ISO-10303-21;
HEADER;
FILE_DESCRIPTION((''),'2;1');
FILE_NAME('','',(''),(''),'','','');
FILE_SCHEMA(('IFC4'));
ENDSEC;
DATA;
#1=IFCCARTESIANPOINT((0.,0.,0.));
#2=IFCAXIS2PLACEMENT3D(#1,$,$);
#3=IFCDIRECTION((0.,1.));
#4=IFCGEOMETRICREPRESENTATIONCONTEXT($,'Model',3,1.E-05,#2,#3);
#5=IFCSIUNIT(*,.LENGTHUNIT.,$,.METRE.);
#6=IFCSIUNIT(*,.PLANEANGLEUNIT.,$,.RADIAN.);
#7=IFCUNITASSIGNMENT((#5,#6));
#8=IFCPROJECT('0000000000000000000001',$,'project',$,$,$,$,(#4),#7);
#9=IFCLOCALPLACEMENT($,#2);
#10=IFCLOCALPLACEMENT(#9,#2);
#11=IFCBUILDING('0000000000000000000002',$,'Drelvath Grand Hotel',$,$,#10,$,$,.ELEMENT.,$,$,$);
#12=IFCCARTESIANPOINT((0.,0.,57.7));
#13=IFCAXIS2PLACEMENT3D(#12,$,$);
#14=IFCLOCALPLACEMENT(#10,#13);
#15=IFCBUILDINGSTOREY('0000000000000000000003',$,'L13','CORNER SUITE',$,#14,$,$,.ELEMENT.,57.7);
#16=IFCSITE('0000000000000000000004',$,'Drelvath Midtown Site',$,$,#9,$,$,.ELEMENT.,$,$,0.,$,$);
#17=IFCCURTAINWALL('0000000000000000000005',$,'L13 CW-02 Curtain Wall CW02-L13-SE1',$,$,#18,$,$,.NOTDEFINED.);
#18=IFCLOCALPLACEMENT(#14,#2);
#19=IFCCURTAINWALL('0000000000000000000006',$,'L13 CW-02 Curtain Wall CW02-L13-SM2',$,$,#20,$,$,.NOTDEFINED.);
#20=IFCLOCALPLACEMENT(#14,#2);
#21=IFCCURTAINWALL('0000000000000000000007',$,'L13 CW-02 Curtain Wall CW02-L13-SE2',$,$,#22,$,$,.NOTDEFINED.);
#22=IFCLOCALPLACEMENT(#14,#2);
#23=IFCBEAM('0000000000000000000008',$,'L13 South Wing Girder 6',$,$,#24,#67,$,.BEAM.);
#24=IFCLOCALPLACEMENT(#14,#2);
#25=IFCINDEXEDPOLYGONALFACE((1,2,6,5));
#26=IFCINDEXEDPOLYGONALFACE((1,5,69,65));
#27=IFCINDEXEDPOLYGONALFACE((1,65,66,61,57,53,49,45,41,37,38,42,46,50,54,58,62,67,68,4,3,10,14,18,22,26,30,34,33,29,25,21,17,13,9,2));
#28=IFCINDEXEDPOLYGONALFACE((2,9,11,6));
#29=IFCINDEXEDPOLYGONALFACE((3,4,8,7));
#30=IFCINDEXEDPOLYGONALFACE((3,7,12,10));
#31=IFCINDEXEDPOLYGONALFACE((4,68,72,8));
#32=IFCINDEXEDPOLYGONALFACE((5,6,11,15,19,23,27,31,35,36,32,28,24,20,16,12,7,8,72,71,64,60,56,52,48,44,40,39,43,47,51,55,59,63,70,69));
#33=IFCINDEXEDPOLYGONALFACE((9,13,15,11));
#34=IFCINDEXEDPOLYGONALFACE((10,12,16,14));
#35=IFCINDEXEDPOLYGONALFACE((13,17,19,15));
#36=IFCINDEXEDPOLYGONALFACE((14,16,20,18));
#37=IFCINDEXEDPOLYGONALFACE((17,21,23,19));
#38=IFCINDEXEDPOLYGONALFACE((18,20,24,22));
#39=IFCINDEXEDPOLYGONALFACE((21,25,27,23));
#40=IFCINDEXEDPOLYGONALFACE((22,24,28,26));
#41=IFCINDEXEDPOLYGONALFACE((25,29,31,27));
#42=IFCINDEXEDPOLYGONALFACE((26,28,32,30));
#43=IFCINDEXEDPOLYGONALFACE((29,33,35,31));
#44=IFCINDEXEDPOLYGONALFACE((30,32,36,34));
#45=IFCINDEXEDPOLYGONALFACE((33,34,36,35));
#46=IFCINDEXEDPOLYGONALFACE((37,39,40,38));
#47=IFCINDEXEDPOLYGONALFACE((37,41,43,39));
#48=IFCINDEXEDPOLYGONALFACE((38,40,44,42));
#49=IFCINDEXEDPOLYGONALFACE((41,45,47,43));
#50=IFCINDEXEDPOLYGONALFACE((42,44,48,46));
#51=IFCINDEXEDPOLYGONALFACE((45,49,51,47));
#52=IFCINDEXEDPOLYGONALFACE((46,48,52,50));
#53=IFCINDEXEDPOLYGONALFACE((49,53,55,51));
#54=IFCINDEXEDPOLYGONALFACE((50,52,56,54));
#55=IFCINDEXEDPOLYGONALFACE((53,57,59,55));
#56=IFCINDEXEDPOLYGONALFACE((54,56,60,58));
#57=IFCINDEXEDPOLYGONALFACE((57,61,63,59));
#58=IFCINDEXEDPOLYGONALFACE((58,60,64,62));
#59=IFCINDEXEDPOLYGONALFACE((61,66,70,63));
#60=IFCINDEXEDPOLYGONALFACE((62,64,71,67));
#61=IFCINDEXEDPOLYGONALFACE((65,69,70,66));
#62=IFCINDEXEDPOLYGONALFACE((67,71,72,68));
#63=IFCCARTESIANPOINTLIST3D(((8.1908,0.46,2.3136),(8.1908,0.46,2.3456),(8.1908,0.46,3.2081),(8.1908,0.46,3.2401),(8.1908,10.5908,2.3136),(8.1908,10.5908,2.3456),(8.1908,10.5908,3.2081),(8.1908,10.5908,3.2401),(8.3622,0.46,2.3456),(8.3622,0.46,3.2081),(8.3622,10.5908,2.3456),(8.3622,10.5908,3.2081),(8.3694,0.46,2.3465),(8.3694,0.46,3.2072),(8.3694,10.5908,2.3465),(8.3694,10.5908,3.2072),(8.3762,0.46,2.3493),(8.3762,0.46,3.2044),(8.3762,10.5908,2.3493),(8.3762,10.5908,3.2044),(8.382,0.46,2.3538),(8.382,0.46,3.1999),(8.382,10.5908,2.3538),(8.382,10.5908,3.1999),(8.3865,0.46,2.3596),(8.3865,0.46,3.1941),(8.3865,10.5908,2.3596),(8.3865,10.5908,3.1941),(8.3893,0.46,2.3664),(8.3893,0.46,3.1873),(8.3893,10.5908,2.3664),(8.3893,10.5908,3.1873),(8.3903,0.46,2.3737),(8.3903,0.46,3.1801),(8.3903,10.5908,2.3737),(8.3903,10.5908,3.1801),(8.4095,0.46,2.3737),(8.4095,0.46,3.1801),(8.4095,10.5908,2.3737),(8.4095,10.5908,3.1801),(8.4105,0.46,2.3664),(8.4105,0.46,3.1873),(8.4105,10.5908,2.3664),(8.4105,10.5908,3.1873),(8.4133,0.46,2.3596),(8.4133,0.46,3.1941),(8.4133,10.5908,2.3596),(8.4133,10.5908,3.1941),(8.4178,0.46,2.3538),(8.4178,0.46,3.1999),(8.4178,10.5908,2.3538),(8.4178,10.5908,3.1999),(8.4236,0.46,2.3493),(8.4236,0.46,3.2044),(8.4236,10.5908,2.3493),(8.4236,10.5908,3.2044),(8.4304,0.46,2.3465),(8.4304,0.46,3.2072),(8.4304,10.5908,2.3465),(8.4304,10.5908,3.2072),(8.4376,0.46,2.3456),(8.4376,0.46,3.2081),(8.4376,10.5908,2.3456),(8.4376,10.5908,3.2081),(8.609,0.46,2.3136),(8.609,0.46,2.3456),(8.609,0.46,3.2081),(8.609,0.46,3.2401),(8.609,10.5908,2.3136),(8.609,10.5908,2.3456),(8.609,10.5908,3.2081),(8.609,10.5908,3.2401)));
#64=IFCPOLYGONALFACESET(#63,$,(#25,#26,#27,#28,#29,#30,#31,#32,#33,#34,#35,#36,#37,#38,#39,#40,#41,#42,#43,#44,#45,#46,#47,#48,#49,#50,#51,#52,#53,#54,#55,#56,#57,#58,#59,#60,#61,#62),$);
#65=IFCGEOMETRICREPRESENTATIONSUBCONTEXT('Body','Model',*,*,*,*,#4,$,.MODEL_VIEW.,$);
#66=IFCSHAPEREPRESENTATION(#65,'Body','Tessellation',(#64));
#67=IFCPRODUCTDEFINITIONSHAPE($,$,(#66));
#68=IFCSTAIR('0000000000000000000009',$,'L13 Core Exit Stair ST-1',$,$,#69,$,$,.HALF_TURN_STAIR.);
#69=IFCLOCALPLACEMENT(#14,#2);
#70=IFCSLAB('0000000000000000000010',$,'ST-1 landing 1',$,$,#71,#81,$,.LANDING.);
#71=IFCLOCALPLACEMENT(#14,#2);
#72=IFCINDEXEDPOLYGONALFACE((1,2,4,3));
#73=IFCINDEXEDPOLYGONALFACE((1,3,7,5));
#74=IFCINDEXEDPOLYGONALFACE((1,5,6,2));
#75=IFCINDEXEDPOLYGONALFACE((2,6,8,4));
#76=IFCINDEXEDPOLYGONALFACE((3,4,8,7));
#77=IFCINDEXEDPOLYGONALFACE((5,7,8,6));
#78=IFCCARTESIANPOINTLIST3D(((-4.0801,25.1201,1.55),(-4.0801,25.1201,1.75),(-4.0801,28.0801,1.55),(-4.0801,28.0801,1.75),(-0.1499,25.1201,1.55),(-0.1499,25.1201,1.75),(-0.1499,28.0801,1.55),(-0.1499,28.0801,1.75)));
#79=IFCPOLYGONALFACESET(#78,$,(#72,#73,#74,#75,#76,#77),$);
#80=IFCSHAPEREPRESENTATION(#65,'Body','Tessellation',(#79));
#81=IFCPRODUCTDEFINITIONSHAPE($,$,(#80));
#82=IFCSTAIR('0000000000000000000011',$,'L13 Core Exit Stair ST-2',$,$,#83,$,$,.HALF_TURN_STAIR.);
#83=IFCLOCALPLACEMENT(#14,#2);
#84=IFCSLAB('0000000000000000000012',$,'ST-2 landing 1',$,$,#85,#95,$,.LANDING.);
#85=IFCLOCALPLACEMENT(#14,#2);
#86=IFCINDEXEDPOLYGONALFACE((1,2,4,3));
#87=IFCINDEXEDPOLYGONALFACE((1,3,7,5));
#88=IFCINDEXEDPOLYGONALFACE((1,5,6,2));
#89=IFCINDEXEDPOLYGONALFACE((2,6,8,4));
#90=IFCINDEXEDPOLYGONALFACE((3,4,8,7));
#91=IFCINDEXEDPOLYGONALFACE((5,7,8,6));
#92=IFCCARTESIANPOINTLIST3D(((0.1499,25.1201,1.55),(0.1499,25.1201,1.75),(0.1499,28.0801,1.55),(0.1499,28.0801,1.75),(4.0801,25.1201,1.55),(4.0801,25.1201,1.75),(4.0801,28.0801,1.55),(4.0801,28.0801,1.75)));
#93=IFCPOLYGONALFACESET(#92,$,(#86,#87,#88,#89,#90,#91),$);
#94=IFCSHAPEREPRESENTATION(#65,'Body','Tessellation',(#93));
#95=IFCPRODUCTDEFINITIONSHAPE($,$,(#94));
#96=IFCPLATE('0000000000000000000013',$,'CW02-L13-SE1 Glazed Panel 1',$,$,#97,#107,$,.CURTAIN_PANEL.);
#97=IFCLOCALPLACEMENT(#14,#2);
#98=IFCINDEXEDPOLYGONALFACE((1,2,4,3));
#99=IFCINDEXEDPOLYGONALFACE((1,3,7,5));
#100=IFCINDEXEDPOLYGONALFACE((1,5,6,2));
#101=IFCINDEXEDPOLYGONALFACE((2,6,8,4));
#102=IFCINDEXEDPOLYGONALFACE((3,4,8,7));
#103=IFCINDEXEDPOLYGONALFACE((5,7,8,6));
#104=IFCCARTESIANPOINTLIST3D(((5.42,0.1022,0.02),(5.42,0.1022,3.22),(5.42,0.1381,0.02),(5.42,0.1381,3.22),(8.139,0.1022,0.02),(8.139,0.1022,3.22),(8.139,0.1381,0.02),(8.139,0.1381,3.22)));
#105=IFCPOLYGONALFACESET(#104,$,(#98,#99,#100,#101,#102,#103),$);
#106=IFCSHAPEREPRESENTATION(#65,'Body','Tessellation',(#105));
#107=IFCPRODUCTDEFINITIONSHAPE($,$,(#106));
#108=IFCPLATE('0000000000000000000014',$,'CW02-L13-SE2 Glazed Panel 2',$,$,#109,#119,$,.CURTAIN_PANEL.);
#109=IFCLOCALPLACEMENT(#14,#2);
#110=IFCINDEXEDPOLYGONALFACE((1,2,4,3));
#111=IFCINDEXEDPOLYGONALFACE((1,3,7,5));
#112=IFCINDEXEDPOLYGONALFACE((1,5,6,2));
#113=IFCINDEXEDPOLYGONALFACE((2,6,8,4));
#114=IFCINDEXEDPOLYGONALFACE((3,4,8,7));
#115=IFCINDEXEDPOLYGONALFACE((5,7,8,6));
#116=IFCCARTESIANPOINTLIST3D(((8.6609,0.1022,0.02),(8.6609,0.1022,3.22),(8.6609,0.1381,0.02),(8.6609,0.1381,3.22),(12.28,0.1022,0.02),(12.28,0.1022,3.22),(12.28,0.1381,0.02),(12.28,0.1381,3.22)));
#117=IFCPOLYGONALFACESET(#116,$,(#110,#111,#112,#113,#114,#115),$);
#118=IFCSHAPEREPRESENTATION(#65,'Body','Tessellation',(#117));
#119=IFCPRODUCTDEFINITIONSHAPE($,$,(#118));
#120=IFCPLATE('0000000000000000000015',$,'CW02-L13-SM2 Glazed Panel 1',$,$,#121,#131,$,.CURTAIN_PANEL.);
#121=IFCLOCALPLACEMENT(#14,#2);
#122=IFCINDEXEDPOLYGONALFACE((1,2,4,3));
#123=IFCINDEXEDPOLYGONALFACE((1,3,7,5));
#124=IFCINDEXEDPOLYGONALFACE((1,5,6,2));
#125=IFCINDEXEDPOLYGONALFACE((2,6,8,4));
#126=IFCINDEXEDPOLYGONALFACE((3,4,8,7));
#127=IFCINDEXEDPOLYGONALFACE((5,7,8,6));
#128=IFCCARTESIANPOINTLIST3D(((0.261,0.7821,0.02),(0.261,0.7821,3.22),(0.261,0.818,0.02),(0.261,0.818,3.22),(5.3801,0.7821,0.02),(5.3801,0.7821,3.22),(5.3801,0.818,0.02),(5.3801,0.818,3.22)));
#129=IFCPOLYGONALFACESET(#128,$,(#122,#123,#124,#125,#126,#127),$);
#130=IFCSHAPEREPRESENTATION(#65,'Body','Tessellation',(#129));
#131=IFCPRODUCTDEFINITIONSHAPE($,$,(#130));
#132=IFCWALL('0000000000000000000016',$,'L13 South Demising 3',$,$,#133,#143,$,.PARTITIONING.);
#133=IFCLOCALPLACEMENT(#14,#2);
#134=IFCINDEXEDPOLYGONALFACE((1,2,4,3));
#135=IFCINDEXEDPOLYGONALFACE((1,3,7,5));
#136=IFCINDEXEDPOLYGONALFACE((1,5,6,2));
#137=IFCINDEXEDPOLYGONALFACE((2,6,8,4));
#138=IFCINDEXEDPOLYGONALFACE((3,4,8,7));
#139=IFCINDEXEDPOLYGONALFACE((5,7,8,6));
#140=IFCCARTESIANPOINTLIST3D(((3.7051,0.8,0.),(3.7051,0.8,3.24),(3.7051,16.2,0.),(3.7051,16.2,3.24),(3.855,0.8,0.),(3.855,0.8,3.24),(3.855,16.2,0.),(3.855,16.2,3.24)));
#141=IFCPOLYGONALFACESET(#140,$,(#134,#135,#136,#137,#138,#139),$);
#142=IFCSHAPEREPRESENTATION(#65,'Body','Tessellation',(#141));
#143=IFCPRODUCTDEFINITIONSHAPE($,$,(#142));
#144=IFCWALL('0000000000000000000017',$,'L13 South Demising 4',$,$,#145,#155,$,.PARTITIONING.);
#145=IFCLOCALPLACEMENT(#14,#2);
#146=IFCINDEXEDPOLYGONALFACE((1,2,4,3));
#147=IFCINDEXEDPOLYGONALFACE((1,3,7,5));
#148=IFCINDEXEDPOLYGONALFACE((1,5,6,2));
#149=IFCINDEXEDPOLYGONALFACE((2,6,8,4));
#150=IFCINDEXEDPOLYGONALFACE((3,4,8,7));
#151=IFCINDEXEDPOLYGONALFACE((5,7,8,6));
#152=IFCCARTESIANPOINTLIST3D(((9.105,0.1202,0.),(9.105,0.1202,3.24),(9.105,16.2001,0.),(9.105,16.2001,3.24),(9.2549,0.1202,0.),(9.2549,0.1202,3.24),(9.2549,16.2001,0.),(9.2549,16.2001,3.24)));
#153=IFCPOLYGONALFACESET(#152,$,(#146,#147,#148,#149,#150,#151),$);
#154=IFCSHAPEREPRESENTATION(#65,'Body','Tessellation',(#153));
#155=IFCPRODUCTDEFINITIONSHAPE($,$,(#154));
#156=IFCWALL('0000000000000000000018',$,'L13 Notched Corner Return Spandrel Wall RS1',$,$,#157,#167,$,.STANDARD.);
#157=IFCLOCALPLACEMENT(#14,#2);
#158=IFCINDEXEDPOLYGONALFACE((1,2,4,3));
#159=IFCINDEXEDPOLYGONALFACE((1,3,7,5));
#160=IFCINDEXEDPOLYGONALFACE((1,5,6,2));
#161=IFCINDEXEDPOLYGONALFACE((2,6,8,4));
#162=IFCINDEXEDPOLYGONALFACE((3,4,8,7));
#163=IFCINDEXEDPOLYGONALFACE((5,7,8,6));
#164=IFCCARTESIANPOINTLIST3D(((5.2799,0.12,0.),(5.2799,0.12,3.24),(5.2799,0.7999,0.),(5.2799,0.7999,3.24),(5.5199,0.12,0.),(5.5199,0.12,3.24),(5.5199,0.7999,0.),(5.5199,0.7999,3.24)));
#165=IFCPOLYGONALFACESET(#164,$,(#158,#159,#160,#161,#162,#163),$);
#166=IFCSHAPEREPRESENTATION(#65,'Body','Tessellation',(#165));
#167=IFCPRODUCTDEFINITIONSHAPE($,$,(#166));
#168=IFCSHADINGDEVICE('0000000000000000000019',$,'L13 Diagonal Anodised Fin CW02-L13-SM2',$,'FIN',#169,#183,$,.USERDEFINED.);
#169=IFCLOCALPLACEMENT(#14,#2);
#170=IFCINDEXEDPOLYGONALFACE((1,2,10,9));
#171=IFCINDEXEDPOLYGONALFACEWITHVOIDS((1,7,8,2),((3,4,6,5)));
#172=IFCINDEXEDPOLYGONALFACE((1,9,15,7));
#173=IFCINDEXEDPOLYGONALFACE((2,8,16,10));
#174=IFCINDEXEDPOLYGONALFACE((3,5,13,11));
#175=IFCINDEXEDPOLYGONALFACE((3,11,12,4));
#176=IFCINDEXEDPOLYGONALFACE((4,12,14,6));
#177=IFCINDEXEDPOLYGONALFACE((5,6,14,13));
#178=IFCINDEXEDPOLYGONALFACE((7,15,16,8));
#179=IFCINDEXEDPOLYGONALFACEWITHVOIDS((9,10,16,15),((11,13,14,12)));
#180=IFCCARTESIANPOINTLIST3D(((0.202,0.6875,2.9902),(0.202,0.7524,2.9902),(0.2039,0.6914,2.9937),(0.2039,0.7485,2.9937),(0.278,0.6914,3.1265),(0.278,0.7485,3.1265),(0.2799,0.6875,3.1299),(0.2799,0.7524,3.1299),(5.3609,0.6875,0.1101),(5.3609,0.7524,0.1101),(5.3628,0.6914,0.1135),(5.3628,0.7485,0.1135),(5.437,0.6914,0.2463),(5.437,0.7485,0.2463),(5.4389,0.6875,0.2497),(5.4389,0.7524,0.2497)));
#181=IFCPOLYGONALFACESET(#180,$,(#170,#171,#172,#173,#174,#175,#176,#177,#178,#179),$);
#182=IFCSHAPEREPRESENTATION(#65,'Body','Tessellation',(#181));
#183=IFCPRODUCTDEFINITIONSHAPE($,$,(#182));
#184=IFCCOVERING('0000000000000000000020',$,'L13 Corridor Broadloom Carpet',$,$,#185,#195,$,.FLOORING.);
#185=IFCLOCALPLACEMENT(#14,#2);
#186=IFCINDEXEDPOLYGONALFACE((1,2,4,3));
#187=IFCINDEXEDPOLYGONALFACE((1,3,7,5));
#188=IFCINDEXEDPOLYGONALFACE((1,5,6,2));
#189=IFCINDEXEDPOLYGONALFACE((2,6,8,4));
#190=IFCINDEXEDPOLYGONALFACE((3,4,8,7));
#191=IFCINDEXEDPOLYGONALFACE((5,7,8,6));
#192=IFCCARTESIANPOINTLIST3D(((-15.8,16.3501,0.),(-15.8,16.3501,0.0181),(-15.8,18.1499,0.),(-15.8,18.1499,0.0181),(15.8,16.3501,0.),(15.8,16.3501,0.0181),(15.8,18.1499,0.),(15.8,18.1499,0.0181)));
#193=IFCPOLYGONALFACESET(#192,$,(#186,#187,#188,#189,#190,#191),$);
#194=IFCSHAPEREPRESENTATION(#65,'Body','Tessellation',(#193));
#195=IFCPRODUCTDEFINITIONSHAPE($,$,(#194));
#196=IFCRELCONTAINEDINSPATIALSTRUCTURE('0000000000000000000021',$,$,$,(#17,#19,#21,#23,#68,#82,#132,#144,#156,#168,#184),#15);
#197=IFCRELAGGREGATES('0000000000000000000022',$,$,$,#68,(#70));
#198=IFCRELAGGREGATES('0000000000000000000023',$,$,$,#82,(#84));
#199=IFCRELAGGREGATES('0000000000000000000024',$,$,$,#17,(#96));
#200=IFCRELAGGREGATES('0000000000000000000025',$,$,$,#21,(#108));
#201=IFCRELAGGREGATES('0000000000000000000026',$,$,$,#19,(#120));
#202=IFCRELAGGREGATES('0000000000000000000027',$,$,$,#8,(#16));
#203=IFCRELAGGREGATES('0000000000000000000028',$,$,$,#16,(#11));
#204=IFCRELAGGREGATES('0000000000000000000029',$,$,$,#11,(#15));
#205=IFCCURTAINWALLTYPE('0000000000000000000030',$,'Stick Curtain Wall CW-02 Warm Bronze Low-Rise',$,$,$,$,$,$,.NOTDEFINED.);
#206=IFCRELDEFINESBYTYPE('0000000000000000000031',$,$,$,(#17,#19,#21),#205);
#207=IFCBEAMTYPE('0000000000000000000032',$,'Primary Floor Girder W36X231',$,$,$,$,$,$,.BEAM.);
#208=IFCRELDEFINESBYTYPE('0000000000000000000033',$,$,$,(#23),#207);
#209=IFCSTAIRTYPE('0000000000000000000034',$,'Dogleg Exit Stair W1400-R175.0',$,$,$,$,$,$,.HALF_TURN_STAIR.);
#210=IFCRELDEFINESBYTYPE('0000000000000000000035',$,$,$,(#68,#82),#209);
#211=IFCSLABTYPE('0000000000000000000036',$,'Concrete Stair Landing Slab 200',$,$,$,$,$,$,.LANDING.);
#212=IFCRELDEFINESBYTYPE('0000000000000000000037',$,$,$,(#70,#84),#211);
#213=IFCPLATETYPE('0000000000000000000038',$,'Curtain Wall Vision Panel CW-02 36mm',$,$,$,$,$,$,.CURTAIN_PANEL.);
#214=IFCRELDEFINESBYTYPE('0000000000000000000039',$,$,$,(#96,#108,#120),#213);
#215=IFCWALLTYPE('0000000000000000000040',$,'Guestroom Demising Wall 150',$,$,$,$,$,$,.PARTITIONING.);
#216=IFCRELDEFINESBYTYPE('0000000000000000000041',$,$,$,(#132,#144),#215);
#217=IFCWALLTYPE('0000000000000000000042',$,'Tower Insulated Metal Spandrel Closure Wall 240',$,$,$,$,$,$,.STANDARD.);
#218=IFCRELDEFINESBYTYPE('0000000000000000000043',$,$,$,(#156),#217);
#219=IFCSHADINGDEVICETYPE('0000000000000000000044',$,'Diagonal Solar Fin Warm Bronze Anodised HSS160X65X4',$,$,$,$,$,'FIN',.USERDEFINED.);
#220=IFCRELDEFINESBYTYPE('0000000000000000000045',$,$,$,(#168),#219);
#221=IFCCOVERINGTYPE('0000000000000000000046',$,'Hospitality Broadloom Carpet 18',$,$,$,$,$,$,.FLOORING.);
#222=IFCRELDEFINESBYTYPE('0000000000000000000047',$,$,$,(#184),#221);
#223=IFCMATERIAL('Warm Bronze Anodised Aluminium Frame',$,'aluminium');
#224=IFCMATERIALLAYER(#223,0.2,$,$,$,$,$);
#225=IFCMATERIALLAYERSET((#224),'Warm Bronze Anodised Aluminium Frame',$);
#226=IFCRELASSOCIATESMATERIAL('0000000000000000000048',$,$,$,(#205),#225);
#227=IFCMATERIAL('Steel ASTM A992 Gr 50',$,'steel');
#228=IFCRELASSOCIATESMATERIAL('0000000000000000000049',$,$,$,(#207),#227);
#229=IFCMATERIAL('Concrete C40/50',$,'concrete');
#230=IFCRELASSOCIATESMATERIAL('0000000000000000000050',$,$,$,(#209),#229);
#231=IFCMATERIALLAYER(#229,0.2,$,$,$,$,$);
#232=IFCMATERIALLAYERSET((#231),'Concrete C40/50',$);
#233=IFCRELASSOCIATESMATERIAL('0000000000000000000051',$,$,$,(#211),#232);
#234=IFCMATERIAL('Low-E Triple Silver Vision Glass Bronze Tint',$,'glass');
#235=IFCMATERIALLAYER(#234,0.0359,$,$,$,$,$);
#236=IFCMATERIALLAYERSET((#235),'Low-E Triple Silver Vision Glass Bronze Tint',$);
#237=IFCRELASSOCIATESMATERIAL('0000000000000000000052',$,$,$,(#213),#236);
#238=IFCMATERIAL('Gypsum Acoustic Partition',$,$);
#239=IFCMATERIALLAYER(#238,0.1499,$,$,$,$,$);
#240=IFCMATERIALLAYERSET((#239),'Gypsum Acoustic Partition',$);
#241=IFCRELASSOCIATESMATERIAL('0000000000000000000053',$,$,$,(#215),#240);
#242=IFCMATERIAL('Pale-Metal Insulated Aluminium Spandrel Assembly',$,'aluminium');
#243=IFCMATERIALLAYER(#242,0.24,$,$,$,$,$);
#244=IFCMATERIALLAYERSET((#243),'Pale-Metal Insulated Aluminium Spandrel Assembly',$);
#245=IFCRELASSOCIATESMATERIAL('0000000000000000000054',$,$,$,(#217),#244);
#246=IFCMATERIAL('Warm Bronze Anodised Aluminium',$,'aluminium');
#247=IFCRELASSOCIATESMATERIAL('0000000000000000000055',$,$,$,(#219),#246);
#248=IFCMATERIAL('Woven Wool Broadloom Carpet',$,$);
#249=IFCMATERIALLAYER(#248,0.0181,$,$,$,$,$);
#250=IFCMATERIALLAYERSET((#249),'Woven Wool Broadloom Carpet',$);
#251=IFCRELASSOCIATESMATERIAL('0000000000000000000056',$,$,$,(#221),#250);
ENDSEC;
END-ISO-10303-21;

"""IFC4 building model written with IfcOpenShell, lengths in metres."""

from ifc_helpers import new_model, si_unit, direction, frame, frame_2d, origin, origin_2d, place, context, subcontext, project, spatial, polyline, rectangle, hollow_rectangle, i_section, outline, extrude, material, layer, layer_set, material_profile, profile_set, type_object, element, aggregate, save


model = new_model("IFC4")

# Units and contexts
model_context = context("Model", 3, precision=1e-05, world=origin(), true_north=direction((0.0, 1.0)))
body_context = subcontext(model_context, "Body", "Model", "MODEL_VIEW")
ifc_project = project(units=[si_unit("LENGTHUNIT", "METRE"), si_unit("PLANEANGLEUNIT", "RADIAN")], contexts=[model_context])

# Site, building, storey
site_placement = place(None, origin())
site = spatial("IfcSite", under=ifc_project, at=site_placement, Name="Drelvath Midtown Site", CompositionType="ELEMENT", RefElevation=0.0)
building_placement = place(site_placement, origin())
building = spatial("IfcBuilding", under=site, at=building_placement, Name="Drelvath Grand Hotel", CompositionType="ELEMENT")
storey_placement = place(building_placement, frame((0.0, 0.0, 57.7)))
storey = spatial("IfcBuildingStorey", under=building, at=storey_placement, Name="L13", Description="CORNER SUITE", CompositionType="ELEMENT", Elevation=57.7)

# Curtain walls
ifc_material_1 = material(Name="Warm Bronze Anodised Aluminium Frame", Category="aluminium")
ifc_layer_1 = layer(ifc_material_1, 0.2)
ifc_layer_set_1 = layer_set([ifc_layer_1], Name="Warm Bronze Anodised Aluminium Frame")
curtain_wall_type = type_object("IfcCurtainWallType", Name="Stick Curtain Wall CW-02 Warm Bronze Low-Rise", PredefinedType="NOTDEFINED", material=ifc_layer_set_1)
curtain_wall_1_placement = place(storey_placement, origin())
curtain_wall_1 = element("IfcCurtainWall", 1, at=curtain_wall_1_placement, inside=storey, type_object=curtain_wall_type, Name="L13 CW-02 Curtain Wall CW02-L13-SE1", PredefinedType="NOTDEFINED")
curtain_wall_2_placement = place(storey_placement, origin())
curtain_wall_2 = element("IfcCurtainWall", 2, at=curtain_wall_2_placement, inside=storey, type_object=curtain_wall_type, Name="L13 CW-02 Curtain Wall CW02-L13-SM2", PredefinedType="NOTDEFINED")

# Curtain wall
curtain_wall_3_placement = place(storey_placement, origin())
curtain_wall_3 = element("IfcCurtainWall", 3, at=curtain_wall_3_placement, inside=storey, type_object=curtain_wall_type, Name="L13 CW-02 Curtain Wall CW02-L13-SE2", PredefinedType="NOTDEFINED")

# Beam
ifc_material_2 = material(Name="Steel ASTM A992 Gr 50", Category="steel")
ifc_material_profile_1 = material_profile(ifc_material_2, i_section(OverallWidth=0.4182, OverallDepth=0.9265, WebThickness=0.0193, FlangeThickness=0.032, FilletRadius=0.0281, at=origin_2d()), Name="W36X231")
ifc_profile_set_1 = profile_set([ifc_material_profile_1], Name="Steel ASTM A992 Gr 50")
beam_type_1 = type_object("IfcBeamType", Name="Primary Floor Girder W36X231", PredefinedType="BEAM", material=ifc_profile_set_1)
beam_1_placement = place(storey_placement, frame((8.3999, 0.46, 2.7769), z_axis=(0.0, 1.0, 0.0), x_axis=(-1.0, 0.0, 0.0)))
element("IfcBeam", 4, at=beam_1_placement, inside=storey, type_object=beam_type_1, Name="L13 South Wing Girder 6", PredefinedType="BEAM", context=body_context, shape_type="SweptSolid", body=[
    extrude(i_section(OverallWidth=0.4182, OverallDepth=0.9265, WebThickness=0.0193, FlangeThickness=0.032, FilletRadius=0.0281, at=origin_2d()), origin(), (0.0, 0.0, 1.0), 10.1309),
])

# Stairs, slabs
ifc_material_3 = material(Name="Concrete C40/50", Category="concrete")
stair_type = type_object("IfcStairType", Name="Dogleg Exit Stair W1400-R175.0", PredefinedType="HALF_TURN_STAIR", material=ifc_material_3)
stair_1_placement = place(storey_placement, origin())
stair_1 = element("IfcStair", 5, at=stair_1_placement, inside=storey, type_object=stair_type, Name="L13 Core Exit Stair ST-1", PredefinedType="HALF_TURN_STAIR")
ifc_layer_2 = layer(ifc_material_3, 0.2)
ifc_layer_set_2 = layer_set([ifc_layer_2], Name="Concrete C40/50")
slab_type = type_object("IfcSlabType", Name="Concrete Stair Landing Slab 200", PredefinedType="LANDING", material=ifc_layer_set_2)
slab_1_placement = place(storey_placement, frame((0.0, 0.0, 1.55)))
slab_1 = element("IfcSlab", 6, at=slab_1_placement, type_object=slab_type, Name="ST-1 landing 1", PredefinedType="LANDING", context=body_context, shape_type="SweptSolid", body=[
    extrude(outline(polyline([(-4.0801, 25.1201), (-0.1499, 25.1201), (-0.1499, 28.0801), (-4.0801, 28.0801), (-4.0801, 25.1201)])), origin(), (0.0, 0.0, 1.0), 0.2),
])
aggregate(stair_1, [slab_1])
stair_2_placement = place(storey_placement, origin())
stair_2 = element("IfcStair", 7, at=stair_2_placement, inside=storey, type_object=stair_type, Name="L13 Core Exit Stair ST-2", PredefinedType="HALF_TURN_STAIR")
slab_2_placement = place(storey_placement, frame((0.0, 0.0, 1.55)))
slab_2 = element("IfcSlab", 8, at=slab_2_placement, type_object=slab_type, Name="ST-2 landing 1", PredefinedType="LANDING", context=body_context, shape_type="SweptSolid", body=[
    extrude(outline(polyline([(4.0801, 28.0801), (0.1499, 28.0801), (0.1499, 25.1201), (4.0801, 25.1201), (4.0801, 28.0801)])), origin(), (0.0, 0.0, 1.0), 0.2),
])
aggregate(stair_2, [slab_2])

# Plates
ifc_material_4 = material(Name="Low-E Triple Silver Vision Glass Bronze Tint", Category="glass")
ifc_layer_3 = layer(ifc_material_4, 0.0359)
ifc_layer_set_3 = layer_set([ifc_layer_3], Name="Low-E Triple Silver Vision Glass Bronze Tint")
plate_type = type_object("IfcPlateType", Name="Curtain Wall Vision Panel CW-02 36mm", PredefinedType="CURTAIN_PANEL", material=ifc_layer_set_3)
plate_1_placement = place(storey_placement, frame((6.7795, 0.1201, 0.02), z_axis=(0.0, 0.0, 1.0), x_axis=(-1.0, 0.0, 0.0)))
plate_1 = element("IfcPlate", 9, at=plate_1_placement, type_object=plate_type, Name="CW02-L13-SE1 Glazed Panel 1", PredefinedType="CURTAIN_PANEL", context=body_context, shape_type="SweptSolid", body=[
    extrude(rectangle(XDim=2.719, YDim=0.0359, at=origin_2d()), origin(), (0.0, 0.0, 1.0), 3.2),
])
aggregate(curtain_wall_1, [plate_1])
plate_2_placement = place(storey_placement, frame((10.4705, 0.1201, 0.02), z_axis=(0.0, 0.0, 1.0), x_axis=(-1.0, 0.0, 0.0)))
plate_2 = element("IfcPlate", 10, at=plate_2_placement, type_object=plate_type, Name="CW02-L13-SE2 Glazed Panel 2", PredefinedType="CURTAIN_PANEL", context=body_context, shape_type="SweptSolid", body=[
    extrude(rectangle(XDim=3.6191, YDim=0.0359, at=origin_2d()), origin(), (0.0, 0.0, 1.0), 3.2),
])
aggregate(curtain_wall_3, [plate_2])
plate_3_placement = place(storey_placement, frame((2.8206, 0.8, 0.02), z_axis=(0.0, 0.0, 1.0), x_axis=(-1.0, 0.0, 0.0)))
plate_3 = element("IfcPlate", 11, at=plate_3_placement, type_object=plate_type, Name="CW02-L13-SM2 Glazed Panel 1", PredefinedType="CURTAIN_PANEL", context=body_context, shape_type="SweptSolid", body=[
    extrude(rectangle(XDim=5.1191, YDim=0.0359, at=origin_2d()), origin(), (0.0, 0.0, 1.0), 3.2),
])
aggregate(curtain_wall_2, [plate_3])

# Walls
ifc_material_5 = material(Name="Gypsum Acoustic Partition")
ifc_layer_4 = layer(ifc_material_5, 0.1499)
ifc_layer_set_4 = layer_set([ifc_layer_4], Name="Gypsum Acoustic Partition")
wall_type_1 = type_object("IfcWallType", Name="Guestroom Demising Wall 150", PredefinedType="PARTITIONING", material=ifc_layer_set_4)
wall_1_placement = place(storey_placement, frame((3.78, 0.8, 0.0), z_axis=(0.0, 0.0, 1.0), x_axis=(0.0, 1.0, 0.0)))
element("IfcWall", 12, at=wall_1_placement, inside=storey, type_object=wall_type_1, Name="L13 South Demising 3", PredefinedType="PARTITIONING", context=body_context, shape_type="SweptSolid", body=[
    extrude(rectangle(XDim=15.3999, YDim=0.1499, at=frame_2d((7.7, 0.0))), origin(), (0.0, 0.0, 1.0), 3.24),
])
wall_2_placement = place(storey_placement, frame((9.1799, 0.1201, 0.0), z_axis=(0.0, 0.0, 1.0), x_axis=(0.0, 1.0, 0.0)))
element("IfcWall", 13, at=wall_2_placement, inside=storey, type_object=wall_type_1, Name="L13 South Demising 4", PredefinedType="PARTITIONING", context=body_context, shape_type="SweptSolid", body=[
    extrude(rectangle(XDim=16.0798, YDim=0.1499, at=frame_2d((8.04, 0.0))), origin(), (0.0, 0.0, 1.0), 3.24),
])
ifc_material_6 = material(Name="Pale-Metal Insulated Aluminium Spandrel Assembly", Category="aluminium")
ifc_layer_5 = layer(ifc_material_6, 0.24)
ifc_layer_set_5 = layer_set([ifc_layer_5], Name="Pale-Metal Insulated Aluminium Spandrel Assembly")
wall_type_2 = type_object("IfcWallType", Name="Tower Insulated Metal Spandrel Closure Wall 240", PredefinedType="STANDARD", material=ifc_layer_set_5)
wall_3_placement = place(storey_placement, frame((5.3999, 0.1201, 0.0), z_axis=(0.0, 0.0, 1.0), x_axis=(0.0, 1.0, 0.0)))
element("IfcWall", 14, at=wall_3_placement, inside=storey, type_object=wall_type_2, Name="L13 Notched Corner Return Spandrel Wall RS1", PredefinedType="STANDARD", context=body_context, shape_type="SweptSolid", body=[
    extrude(rectangle(XDim=0.6799, YDim=0.24, at=frame_2d((0.3398, 0.0))), origin(), (0.0, 0.0, 1.0), 3.24),
])

# Shading device
ifc_material_7 = material(Name="Warm Bronze Anodised Aluminium", Category="aluminium")
ifc_material_profile_2 = material_profile(ifc_material_7, hollow_rectangle(XDim=0.0649, YDim=0.1599, WallThickness=0.0039, at=origin_2d()), Name="HSS160X65X4")
ifc_profile_set_2 = profile_set([ifc_material_profile_2], Name="Warm Bronze Anodised Aluminium")
shading_device_type = type_object("IfcShadingDeviceType", Name="Diagonal Solar Fin Warm Bronze Anodised HSS160X65X4", ElementType="FIN", PredefinedType="USERDEFINED", material=ifc_profile_set_2)
shading_device_placement = place(storey_placement, frame((5.3999, 0.72, 0.1799), z_axis=(-0.873146, 0.0, 0.487459), x_axis=(0.0, -1.0, 0.0)))
element("IfcShadingDevice", 15, at=shading_device_placement, inside=storey, type_object=shading_device_type, Name="L13 Diagonal Anodised Fin CW02-L13-SM2", ObjectType="FIN", PredefinedType="USERDEFINED", context=body_context, shape_type="SweptSolid", body=[
    extrude(hollow_rectangle(XDim=0.0649, YDim=0.1599, WallThickness=0.0039, at=origin_2d()), origin(), (0.0, 0.0, 1.0), 5.9084),
])

# Covering
ifc_material_8 = material(Name="Woven Wool Broadloom Carpet")
ifc_layer_6 = layer(ifc_material_8, 0.0181)
ifc_layer_set_6 = layer_set([ifc_layer_6], Name="Woven Wool Broadloom Carpet")
covering_type_1 = type_object("IfcCoveringType", Name="Hospitality Broadloom Carpet 18", PredefinedType="FLOORING", material=ifc_layer_set_6)
covering_1_placement = place(storey_placement, origin())
element("IfcCovering", 16, at=covering_1_placement, inside=storey, type_object=covering_type_1, Name="L13 Corridor Broadloom Carpet", PredefinedType="FLOORING", context=body_context, shape_type="SweptSolid", body=[
    extrude(outline(polyline([(15.8, 16.3501), (15.8, 18.1499), (-15.8, 18.1499), (-15.8, 16.3501), (15.8, 16.3501)])), origin(), (0.0, 0.0, 1.0), 0.0181),
])

save(model, "model.ifc")
